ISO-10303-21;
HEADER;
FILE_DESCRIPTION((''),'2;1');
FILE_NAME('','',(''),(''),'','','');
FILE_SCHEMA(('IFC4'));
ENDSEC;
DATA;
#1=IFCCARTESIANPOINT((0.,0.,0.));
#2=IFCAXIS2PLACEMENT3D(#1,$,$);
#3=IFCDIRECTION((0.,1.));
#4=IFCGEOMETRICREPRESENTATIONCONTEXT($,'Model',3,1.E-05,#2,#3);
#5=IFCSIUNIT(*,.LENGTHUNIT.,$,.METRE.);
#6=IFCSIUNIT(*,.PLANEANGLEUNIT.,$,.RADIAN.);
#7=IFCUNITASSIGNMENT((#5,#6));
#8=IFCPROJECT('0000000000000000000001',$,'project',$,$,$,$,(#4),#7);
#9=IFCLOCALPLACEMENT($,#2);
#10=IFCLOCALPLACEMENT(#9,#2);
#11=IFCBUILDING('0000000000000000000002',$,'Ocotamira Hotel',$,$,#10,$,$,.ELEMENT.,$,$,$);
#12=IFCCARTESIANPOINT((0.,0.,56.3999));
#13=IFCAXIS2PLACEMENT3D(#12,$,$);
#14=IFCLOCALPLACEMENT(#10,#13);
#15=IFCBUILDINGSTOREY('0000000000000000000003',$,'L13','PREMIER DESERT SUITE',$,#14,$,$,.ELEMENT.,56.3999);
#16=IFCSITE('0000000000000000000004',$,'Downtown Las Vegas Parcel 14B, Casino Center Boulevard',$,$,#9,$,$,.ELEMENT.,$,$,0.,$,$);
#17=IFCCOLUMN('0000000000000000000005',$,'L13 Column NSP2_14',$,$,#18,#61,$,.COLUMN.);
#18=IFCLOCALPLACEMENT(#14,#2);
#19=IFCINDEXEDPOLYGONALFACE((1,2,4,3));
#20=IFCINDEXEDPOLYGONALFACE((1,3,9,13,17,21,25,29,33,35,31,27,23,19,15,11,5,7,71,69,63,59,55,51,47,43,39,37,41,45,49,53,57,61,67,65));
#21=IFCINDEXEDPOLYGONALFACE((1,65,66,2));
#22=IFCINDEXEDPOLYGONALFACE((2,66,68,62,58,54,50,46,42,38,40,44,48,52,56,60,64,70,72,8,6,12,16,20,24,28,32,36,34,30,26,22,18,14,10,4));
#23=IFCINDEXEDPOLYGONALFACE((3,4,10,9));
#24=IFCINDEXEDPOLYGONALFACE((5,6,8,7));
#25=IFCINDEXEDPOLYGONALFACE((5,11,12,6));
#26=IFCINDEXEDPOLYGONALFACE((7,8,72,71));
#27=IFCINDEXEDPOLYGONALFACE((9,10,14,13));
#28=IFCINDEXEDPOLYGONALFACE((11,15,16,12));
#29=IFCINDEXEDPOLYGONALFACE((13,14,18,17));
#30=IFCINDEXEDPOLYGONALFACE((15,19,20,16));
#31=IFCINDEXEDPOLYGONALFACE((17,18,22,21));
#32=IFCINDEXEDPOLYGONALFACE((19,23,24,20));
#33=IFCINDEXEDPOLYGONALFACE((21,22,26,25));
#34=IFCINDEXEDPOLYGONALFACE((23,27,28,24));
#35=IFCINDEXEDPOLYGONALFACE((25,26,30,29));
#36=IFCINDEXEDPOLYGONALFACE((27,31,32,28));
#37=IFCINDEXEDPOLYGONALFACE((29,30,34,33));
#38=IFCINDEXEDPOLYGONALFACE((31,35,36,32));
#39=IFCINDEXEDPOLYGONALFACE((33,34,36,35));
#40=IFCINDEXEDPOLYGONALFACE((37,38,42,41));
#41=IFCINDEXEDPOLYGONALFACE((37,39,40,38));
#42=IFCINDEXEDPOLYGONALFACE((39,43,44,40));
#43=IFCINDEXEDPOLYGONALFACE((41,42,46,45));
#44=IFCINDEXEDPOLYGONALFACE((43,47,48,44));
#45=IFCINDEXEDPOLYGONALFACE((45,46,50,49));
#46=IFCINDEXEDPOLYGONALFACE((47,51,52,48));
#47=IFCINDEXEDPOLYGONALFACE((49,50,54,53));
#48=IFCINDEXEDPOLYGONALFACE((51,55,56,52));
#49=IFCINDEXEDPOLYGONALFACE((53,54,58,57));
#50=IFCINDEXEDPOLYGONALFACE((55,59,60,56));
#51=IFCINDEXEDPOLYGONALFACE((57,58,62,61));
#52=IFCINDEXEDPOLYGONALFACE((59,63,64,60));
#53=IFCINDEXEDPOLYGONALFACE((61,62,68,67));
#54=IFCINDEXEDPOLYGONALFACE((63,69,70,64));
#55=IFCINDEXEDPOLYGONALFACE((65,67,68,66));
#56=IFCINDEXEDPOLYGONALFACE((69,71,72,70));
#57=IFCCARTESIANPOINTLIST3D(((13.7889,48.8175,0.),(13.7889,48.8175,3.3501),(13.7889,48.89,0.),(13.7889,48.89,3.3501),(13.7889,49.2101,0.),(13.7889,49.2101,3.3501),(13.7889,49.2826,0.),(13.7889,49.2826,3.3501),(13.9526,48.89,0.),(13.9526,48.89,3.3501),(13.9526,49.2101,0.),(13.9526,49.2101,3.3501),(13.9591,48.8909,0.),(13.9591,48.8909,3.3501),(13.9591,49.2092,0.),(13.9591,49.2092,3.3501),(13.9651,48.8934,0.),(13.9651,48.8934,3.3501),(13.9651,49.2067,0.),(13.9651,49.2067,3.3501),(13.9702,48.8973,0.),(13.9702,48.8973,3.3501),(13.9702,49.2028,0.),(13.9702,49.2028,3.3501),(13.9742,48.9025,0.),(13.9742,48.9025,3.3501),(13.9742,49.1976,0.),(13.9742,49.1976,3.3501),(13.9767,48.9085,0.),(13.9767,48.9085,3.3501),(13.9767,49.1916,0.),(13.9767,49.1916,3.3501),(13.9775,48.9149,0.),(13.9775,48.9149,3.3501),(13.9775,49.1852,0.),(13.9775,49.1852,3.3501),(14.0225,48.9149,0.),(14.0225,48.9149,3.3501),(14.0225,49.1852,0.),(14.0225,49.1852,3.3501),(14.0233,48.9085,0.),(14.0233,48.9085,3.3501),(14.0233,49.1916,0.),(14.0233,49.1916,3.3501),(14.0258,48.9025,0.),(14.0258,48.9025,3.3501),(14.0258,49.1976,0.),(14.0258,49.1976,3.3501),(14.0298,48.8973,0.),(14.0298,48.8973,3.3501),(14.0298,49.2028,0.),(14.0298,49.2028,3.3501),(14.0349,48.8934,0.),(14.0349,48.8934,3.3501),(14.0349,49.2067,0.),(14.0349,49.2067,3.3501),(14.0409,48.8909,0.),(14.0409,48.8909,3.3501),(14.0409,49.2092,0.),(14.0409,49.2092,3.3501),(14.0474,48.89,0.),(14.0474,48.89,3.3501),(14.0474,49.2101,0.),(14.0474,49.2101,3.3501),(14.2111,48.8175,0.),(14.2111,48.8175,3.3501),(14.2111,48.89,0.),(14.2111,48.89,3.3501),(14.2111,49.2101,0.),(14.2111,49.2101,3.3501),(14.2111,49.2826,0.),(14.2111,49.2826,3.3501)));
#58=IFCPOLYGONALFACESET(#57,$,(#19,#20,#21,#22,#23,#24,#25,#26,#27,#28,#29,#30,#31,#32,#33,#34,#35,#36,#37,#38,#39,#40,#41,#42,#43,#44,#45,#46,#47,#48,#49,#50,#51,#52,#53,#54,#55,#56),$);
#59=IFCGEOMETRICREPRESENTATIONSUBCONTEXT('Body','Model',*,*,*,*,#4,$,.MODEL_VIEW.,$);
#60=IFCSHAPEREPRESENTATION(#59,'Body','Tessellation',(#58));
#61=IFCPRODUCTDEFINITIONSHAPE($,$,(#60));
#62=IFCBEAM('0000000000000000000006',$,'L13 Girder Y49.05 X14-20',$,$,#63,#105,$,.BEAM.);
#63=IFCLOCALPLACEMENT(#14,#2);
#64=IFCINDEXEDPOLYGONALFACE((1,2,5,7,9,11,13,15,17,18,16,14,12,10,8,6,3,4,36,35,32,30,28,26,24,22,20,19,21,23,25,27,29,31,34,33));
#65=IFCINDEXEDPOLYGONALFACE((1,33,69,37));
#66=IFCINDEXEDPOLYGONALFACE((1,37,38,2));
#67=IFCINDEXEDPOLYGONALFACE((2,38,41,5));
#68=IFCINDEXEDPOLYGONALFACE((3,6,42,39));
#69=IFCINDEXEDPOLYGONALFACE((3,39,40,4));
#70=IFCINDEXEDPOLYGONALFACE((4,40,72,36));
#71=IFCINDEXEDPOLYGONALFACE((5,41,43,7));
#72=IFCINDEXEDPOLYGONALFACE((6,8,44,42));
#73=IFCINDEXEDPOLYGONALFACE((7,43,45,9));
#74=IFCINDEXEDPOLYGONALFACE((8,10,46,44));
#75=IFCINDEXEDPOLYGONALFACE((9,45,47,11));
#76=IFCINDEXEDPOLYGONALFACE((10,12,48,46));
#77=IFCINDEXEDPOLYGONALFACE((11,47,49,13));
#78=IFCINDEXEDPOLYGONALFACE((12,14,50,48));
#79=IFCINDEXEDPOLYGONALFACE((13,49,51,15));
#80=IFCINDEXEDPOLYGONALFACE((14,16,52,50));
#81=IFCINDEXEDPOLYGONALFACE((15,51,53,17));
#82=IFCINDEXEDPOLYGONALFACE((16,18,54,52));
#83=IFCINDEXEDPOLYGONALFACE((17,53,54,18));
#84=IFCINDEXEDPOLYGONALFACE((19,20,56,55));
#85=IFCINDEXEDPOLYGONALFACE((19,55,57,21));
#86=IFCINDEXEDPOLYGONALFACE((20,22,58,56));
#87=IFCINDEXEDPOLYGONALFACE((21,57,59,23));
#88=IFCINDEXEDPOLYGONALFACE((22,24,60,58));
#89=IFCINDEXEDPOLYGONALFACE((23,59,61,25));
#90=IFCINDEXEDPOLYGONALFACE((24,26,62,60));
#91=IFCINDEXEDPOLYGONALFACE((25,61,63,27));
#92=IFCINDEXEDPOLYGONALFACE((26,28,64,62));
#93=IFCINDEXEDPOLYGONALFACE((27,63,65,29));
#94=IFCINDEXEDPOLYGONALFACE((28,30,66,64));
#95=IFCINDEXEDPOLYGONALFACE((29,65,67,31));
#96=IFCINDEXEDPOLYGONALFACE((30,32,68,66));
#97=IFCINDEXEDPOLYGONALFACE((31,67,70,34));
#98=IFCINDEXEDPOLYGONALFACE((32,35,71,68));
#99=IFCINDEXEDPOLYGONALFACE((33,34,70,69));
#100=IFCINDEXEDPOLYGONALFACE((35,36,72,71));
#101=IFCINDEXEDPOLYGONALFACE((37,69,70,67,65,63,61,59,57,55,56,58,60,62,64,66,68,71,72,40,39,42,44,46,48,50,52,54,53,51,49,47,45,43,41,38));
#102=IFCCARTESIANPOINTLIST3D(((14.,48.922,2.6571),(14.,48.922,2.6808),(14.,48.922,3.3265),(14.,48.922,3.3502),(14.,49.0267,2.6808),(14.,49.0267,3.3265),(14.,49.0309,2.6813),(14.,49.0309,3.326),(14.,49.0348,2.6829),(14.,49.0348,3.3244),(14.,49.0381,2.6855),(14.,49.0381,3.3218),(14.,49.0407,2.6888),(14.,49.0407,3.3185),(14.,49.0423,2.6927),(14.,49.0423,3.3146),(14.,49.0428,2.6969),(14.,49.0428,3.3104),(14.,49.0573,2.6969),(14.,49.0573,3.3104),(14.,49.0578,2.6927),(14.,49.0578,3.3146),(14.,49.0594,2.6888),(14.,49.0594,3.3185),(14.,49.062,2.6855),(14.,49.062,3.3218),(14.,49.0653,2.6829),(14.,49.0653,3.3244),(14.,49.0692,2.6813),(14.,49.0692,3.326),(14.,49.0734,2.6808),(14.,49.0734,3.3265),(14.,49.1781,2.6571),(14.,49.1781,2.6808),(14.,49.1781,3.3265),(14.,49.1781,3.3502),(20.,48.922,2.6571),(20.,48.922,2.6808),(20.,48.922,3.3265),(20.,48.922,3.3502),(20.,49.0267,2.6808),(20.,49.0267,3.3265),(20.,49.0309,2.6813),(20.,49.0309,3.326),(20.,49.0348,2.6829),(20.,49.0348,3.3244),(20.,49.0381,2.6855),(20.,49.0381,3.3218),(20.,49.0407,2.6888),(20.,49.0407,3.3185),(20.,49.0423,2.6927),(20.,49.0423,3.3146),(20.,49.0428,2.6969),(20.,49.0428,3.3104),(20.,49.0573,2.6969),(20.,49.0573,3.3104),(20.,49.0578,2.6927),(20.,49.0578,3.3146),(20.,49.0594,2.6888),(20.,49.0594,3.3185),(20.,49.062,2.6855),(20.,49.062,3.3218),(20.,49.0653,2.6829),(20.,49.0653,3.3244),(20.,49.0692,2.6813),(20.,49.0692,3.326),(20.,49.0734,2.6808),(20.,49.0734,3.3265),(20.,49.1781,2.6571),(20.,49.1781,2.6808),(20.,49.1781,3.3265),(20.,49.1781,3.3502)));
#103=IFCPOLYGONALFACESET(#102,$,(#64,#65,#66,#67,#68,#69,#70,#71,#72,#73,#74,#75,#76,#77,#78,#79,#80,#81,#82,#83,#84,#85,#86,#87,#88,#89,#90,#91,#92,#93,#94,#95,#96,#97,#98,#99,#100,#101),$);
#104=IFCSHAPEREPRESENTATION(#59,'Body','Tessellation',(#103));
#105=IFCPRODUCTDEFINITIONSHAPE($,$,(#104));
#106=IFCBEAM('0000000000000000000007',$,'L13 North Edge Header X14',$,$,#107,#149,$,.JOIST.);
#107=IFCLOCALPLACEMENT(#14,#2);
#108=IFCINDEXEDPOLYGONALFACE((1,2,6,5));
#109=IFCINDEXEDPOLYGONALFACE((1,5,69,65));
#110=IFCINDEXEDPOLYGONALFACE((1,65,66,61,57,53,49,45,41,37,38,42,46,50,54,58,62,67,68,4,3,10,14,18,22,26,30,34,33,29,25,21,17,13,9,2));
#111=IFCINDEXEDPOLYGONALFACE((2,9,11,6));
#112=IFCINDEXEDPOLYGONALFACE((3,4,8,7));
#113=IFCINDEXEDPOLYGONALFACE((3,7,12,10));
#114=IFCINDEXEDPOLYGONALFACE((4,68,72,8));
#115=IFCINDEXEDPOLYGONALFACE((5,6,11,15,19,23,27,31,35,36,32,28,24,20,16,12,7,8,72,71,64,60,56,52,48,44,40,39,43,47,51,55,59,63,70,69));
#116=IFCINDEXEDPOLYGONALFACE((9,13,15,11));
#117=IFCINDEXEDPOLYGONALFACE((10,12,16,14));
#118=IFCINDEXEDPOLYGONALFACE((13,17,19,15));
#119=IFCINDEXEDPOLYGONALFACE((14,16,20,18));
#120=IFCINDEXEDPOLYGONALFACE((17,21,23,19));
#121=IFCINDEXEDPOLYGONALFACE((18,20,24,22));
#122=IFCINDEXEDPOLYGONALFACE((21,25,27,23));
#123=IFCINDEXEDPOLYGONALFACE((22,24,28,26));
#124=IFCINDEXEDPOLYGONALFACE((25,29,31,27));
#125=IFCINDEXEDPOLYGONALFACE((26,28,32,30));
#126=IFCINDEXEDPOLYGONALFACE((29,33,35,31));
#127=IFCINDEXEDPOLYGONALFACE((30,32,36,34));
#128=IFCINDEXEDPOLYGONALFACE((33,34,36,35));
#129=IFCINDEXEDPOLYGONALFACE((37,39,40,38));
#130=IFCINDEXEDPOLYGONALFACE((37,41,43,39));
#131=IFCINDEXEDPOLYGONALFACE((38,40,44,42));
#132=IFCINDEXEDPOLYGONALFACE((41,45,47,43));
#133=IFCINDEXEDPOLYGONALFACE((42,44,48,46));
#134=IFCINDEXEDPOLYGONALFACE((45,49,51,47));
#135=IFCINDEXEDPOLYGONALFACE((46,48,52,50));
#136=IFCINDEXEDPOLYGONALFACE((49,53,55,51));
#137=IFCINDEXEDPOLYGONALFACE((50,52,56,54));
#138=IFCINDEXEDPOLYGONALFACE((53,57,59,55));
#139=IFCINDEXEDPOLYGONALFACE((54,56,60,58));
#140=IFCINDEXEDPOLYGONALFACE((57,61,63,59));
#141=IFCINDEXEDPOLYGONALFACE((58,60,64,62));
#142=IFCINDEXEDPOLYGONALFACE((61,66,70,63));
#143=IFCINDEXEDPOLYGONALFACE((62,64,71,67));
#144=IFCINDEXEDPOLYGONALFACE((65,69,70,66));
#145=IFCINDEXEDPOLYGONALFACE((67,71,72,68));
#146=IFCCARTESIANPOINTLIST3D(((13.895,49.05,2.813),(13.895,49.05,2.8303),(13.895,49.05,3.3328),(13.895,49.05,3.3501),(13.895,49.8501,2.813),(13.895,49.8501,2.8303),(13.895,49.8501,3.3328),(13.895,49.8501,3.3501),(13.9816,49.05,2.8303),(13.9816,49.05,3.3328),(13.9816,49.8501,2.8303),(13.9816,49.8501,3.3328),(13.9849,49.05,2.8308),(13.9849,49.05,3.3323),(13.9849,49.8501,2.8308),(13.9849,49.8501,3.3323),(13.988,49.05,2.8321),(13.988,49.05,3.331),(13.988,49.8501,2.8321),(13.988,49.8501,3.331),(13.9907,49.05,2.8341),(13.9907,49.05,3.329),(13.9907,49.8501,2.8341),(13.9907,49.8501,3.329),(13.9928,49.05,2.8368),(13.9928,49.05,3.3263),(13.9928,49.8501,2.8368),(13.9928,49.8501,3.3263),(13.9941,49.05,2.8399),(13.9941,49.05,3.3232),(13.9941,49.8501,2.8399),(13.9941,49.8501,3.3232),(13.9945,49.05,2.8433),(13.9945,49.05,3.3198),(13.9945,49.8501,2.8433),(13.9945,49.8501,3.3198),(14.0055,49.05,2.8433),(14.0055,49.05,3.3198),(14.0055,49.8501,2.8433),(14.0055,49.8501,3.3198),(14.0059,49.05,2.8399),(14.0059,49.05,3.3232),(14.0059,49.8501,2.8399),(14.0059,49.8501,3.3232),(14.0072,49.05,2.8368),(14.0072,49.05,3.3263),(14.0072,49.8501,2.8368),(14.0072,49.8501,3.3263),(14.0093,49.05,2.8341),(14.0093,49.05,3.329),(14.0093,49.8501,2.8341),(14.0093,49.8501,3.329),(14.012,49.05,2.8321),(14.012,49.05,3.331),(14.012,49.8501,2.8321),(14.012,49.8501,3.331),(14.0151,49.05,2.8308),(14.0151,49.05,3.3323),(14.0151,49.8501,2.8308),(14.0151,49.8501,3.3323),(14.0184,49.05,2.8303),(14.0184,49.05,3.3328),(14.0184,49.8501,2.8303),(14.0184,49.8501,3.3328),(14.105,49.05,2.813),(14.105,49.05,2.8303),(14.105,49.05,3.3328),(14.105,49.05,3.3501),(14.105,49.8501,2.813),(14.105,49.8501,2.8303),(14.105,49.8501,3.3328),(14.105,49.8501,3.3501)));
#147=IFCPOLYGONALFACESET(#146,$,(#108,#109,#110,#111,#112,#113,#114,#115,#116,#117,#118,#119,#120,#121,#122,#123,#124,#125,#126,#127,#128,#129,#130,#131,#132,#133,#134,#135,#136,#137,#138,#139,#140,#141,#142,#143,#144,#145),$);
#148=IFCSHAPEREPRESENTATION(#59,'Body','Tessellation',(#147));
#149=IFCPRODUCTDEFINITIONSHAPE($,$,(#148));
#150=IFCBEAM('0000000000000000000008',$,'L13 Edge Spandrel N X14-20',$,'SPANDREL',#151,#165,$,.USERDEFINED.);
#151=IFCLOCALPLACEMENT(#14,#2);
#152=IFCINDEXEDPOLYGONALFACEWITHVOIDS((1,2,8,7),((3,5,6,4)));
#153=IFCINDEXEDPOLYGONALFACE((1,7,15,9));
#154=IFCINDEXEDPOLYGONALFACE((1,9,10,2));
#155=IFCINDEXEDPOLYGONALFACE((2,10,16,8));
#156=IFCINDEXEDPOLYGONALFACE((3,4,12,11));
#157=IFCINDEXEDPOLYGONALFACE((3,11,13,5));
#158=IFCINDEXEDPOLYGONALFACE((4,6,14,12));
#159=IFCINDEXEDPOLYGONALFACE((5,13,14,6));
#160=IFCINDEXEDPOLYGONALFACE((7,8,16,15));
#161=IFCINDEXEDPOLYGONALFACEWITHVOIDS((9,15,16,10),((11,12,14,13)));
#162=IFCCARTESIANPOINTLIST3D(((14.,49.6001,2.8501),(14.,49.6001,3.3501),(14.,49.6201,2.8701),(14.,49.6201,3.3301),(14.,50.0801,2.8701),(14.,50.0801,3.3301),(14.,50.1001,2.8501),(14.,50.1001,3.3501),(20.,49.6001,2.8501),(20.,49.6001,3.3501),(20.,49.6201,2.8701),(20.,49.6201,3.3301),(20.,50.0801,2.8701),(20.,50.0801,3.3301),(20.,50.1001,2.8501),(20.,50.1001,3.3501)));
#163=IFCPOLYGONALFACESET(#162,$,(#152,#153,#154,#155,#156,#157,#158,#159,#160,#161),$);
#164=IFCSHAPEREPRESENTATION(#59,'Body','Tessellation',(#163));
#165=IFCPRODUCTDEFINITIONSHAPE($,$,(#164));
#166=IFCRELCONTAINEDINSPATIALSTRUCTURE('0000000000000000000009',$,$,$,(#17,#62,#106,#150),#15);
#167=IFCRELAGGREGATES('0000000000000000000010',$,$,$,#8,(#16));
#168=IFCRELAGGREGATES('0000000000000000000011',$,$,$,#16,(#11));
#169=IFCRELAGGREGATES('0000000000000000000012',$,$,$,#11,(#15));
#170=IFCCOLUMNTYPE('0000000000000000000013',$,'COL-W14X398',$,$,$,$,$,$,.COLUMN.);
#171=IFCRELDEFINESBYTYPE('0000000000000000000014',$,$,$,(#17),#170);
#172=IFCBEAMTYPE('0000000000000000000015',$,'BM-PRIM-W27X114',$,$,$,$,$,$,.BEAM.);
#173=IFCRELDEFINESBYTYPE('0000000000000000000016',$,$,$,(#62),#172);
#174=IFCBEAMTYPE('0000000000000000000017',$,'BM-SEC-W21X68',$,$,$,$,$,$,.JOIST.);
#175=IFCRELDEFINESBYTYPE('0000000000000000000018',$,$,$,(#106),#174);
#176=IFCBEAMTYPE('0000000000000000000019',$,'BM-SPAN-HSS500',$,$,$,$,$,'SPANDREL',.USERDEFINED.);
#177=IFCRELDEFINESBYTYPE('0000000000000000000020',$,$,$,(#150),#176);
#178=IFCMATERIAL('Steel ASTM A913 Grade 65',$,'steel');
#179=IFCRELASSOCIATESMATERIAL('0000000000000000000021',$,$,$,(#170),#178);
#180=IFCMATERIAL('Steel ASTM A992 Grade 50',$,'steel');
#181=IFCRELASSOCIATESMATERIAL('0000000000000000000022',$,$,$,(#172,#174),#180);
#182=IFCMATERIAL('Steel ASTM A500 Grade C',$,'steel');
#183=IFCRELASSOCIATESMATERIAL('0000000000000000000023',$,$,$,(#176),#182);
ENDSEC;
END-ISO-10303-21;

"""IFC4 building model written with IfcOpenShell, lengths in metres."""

from ifc_helpers import new_model, si_unit, direction, frame, origin, origin_2d, place, context, subcontext, project, spatial, hollow_rectangle, i_section, extrude, source, transform, mapped, material, material_profile, profile_set, type_object, element, save


model = new_model("IFC4")

# Units and contexts
model_context = context("Model", 3, precision=1e-05, world=origin(), true_north=direction((0.0, 1.0)))
body_context = subcontext(model_context, "Body", "Model", "MODEL_VIEW")
ifc_project = project(units=[si_unit("LENGTHUNIT", "METRE"), si_unit("PLANEANGLEUNIT", "RADIAN")], contexts=[model_context])

# Site, building, storey
site_placement = place(None, origin())
site = spatial("IfcSite", under=ifc_project, at=site_placement, Name="Downtown Las Vegas Parcel 14B, Casino Center Boulevard", CompositionType="ELEMENT", RefElevation=0.0)
building_placement = place(site_placement, origin())
building = spatial("IfcBuilding", under=site, at=building_placement, Name="Ocotamira Hotel", CompositionType="ELEMENT")
storey_placement = place(building_placement, frame((0.0, 0.0, 56.3999)))
storey = spatial("IfcBuildingStorey", under=building, at=storey_placement, Name="L13", Description="PREMIER DESERT SUITE", CompositionType="ELEMENT", Elevation=56.3999)

# Column
ifc_material_1 = material(Name="Steel ASTM A913 Grade 65", Category="steel")
ifc_material_profile_1 = material_profile(ifc_material_1, i_section(OverallWidth=0.4221, OverallDepth=0.4651, WebThickness=0.0449, FlangeThickness=0.0725, FilletRadius=0.0249, at=origin_2d()), Name="W14X398")
ifc_profile_set_1 = profile_set([ifc_material_profile_1], Name="Steel ASTM A913 Grade 65")
column_type = type_object("IfcColumnType", Name="COL-W14X398", PredefinedType="COLUMN", material=ifc_profile_set_1)
shared_shape_1 = source(origin(), body_context, "Body", "SweptSolid", [
    extrude(i_section(OverallWidth=0.4221, OverallDepth=0.4651, WebThickness=0.0449, FlangeThickness=0.0725, FilletRadius=0.0249, at=origin_2d()), origin(), (0.0, 0.0, 1.0), 3.3501),
])
column_placement = place(storey_placement, frame((14.0, 49.05, 0.0), z_axis=(0.0, 0.0, 1.0), x_axis=(1.0, 0.0, 0.0)))
element("IfcColumn", 1, at=column_placement, inside=storey, type_object=column_type, Name="L13 Column NSP2_14", PredefinedType="COLUMN", context=body_context, shape_type="MappedRepresentation", body=[
    mapped(shared_shape_1, transform((0.0, 0.0, 0.0), scale=1.0)),
])

# Beams
ifc_material_2 = material(Name="Steel ASTM A992 Grade 50", Category="steel")
ifc_material_profile_2 = material_profile(ifc_material_2, i_section(OverallWidth=0.2561, OverallDepth=0.6931, WebThickness=0.0144, FlangeThickness=0.0237, FilletRadius=0.0161, at=origin_2d()), Name="W27X114")
ifc_profile_set_2 = profile_set([ifc_material_profile_2], Name="Steel ASTM A992 Grade 50")
beam_type_1 = type_object("IfcBeamType", Name="BM-PRIM-W27X114", PredefinedType="BEAM", material=ifc_profile_set_2)
shared_shape_2 = source(origin(), body_context, "Body", "SweptSolid", [
    extrude(i_section(OverallWidth=0.2561, OverallDepth=0.6931, WebThickness=0.0144, FlangeThickness=0.0237, FilletRadius=0.0161, at=origin_2d()), origin(), (0.0, 0.0, 1.0), 6.0),
])
beam_1_placement = place(storey_placement, frame((14.0, 49.05, 3.0037), z_axis=(1.0, 0.0, 0.0), x_axis=(0.0, 1.0, 0.0)))
element("IfcBeam", 2, at=beam_1_placement, inside=storey, type_object=beam_type_1, Name="L13 Girder Y49.05 X14-20", PredefinedType="BEAM", context=body_context, shape_type="MappedRepresentation", body=[
    mapped(shared_shape_2, transform((0.0, 0.0, 0.0), scale=1.0)),
])
ifc_material_profile_3 = material_profile(ifc_material_2, i_section(OverallWidth=0.21, OverallDepth=0.5371, WebThickness=0.011, FlangeThickness=0.0173, FilletRadius=0.0129, at=origin_2d()), Name="W21X68")
ifc_profile_set_3 = profile_set([ifc_material_profile_3], Name="Steel ASTM A992 Grade 50")
beam_type_2 = type_object("IfcBeamType", Name="BM-SEC-W21X68", PredefinedType="JOIST", material=ifc_profile_set_3)
shared_shape_3 = source(origin(), body_context, "Body", "SweptSolid", [
    extrude(i_section(OverallWidth=0.21, OverallDepth=0.5371, WebThickness=0.011, FlangeThickness=0.0173, FilletRadius=0.0129, at=origin_2d()), origin(), (0.0, 0.0, 1.0), 0.8),
])
beam_2_placement = place(storey_placement, frame((14.0, 49.05, 3.0815), z_axis=(0.0, 1.0, 0.0), x_axis=(-1.0, 0.0, 0.0)))
element("IfcBeam", 3, at=beam_2_placement, inside=storey, type_object=beam_type_2, Name="L13 North Edge Header X14", PredefinedType="JOIST", context=body_context, shape_type="MappedRepresentation", body=[
    mapped(shared_shape_3, transform((0.0, 0.0, 0.0), scale=1.0)),
])
ifc_material_3 = material(Name="Steel ASTM A500 Grade C", Category="steel")
ifc_material_profile_4 = material_profile(ifc_material_3, hollow_rectangle(XDim=0.5, YDim=0.5, WallThickness=0.02, at=origin_2d()), Name="HSS500X500X20")
ifc_profile_set_4 = profile_set([ifc_material_profile_4], Name="Steel ASTM A500 Grade C")
beam_type_3 = type_object("IfcBeamType", Name="BM-SPAN-HSS500", ElementType="SPANDREL", PredefinedType="USERDEFINED", material=ifc_profile_set_4)
shared_shape_4 = source(origin(), body_context, "Body", "SweptSolid", [
    extrude(hollow_rectangle(XDim=0.5, YDim=0.5, WallThickness=0.02, at=origin_2d()), origin(), (0.0, 0.0, 1.0), 6.0),
])
beam_3_placement = place(storey_placement, frame((14.0, 49.8501, 3.1001), z_axis=(1.0, 0.0, 0.0), x_axis=(0.0, 1.0, 0.0)))
element("IfcBeam", 4, at=beam_3_placement, inside=storey, type_object=beam_type_3, Name="L13 Edge Spandrel N X14-20", ObjectType="SPANDREL", PredefinedType="USERDEFINED", context=body_context, shape_type="MappedRepresentation", body=[
    mapped(shared_shape_4, transform((0.0, 0.0, 0.0), scale=1.0)),
])

save(model, "model.ifc")
